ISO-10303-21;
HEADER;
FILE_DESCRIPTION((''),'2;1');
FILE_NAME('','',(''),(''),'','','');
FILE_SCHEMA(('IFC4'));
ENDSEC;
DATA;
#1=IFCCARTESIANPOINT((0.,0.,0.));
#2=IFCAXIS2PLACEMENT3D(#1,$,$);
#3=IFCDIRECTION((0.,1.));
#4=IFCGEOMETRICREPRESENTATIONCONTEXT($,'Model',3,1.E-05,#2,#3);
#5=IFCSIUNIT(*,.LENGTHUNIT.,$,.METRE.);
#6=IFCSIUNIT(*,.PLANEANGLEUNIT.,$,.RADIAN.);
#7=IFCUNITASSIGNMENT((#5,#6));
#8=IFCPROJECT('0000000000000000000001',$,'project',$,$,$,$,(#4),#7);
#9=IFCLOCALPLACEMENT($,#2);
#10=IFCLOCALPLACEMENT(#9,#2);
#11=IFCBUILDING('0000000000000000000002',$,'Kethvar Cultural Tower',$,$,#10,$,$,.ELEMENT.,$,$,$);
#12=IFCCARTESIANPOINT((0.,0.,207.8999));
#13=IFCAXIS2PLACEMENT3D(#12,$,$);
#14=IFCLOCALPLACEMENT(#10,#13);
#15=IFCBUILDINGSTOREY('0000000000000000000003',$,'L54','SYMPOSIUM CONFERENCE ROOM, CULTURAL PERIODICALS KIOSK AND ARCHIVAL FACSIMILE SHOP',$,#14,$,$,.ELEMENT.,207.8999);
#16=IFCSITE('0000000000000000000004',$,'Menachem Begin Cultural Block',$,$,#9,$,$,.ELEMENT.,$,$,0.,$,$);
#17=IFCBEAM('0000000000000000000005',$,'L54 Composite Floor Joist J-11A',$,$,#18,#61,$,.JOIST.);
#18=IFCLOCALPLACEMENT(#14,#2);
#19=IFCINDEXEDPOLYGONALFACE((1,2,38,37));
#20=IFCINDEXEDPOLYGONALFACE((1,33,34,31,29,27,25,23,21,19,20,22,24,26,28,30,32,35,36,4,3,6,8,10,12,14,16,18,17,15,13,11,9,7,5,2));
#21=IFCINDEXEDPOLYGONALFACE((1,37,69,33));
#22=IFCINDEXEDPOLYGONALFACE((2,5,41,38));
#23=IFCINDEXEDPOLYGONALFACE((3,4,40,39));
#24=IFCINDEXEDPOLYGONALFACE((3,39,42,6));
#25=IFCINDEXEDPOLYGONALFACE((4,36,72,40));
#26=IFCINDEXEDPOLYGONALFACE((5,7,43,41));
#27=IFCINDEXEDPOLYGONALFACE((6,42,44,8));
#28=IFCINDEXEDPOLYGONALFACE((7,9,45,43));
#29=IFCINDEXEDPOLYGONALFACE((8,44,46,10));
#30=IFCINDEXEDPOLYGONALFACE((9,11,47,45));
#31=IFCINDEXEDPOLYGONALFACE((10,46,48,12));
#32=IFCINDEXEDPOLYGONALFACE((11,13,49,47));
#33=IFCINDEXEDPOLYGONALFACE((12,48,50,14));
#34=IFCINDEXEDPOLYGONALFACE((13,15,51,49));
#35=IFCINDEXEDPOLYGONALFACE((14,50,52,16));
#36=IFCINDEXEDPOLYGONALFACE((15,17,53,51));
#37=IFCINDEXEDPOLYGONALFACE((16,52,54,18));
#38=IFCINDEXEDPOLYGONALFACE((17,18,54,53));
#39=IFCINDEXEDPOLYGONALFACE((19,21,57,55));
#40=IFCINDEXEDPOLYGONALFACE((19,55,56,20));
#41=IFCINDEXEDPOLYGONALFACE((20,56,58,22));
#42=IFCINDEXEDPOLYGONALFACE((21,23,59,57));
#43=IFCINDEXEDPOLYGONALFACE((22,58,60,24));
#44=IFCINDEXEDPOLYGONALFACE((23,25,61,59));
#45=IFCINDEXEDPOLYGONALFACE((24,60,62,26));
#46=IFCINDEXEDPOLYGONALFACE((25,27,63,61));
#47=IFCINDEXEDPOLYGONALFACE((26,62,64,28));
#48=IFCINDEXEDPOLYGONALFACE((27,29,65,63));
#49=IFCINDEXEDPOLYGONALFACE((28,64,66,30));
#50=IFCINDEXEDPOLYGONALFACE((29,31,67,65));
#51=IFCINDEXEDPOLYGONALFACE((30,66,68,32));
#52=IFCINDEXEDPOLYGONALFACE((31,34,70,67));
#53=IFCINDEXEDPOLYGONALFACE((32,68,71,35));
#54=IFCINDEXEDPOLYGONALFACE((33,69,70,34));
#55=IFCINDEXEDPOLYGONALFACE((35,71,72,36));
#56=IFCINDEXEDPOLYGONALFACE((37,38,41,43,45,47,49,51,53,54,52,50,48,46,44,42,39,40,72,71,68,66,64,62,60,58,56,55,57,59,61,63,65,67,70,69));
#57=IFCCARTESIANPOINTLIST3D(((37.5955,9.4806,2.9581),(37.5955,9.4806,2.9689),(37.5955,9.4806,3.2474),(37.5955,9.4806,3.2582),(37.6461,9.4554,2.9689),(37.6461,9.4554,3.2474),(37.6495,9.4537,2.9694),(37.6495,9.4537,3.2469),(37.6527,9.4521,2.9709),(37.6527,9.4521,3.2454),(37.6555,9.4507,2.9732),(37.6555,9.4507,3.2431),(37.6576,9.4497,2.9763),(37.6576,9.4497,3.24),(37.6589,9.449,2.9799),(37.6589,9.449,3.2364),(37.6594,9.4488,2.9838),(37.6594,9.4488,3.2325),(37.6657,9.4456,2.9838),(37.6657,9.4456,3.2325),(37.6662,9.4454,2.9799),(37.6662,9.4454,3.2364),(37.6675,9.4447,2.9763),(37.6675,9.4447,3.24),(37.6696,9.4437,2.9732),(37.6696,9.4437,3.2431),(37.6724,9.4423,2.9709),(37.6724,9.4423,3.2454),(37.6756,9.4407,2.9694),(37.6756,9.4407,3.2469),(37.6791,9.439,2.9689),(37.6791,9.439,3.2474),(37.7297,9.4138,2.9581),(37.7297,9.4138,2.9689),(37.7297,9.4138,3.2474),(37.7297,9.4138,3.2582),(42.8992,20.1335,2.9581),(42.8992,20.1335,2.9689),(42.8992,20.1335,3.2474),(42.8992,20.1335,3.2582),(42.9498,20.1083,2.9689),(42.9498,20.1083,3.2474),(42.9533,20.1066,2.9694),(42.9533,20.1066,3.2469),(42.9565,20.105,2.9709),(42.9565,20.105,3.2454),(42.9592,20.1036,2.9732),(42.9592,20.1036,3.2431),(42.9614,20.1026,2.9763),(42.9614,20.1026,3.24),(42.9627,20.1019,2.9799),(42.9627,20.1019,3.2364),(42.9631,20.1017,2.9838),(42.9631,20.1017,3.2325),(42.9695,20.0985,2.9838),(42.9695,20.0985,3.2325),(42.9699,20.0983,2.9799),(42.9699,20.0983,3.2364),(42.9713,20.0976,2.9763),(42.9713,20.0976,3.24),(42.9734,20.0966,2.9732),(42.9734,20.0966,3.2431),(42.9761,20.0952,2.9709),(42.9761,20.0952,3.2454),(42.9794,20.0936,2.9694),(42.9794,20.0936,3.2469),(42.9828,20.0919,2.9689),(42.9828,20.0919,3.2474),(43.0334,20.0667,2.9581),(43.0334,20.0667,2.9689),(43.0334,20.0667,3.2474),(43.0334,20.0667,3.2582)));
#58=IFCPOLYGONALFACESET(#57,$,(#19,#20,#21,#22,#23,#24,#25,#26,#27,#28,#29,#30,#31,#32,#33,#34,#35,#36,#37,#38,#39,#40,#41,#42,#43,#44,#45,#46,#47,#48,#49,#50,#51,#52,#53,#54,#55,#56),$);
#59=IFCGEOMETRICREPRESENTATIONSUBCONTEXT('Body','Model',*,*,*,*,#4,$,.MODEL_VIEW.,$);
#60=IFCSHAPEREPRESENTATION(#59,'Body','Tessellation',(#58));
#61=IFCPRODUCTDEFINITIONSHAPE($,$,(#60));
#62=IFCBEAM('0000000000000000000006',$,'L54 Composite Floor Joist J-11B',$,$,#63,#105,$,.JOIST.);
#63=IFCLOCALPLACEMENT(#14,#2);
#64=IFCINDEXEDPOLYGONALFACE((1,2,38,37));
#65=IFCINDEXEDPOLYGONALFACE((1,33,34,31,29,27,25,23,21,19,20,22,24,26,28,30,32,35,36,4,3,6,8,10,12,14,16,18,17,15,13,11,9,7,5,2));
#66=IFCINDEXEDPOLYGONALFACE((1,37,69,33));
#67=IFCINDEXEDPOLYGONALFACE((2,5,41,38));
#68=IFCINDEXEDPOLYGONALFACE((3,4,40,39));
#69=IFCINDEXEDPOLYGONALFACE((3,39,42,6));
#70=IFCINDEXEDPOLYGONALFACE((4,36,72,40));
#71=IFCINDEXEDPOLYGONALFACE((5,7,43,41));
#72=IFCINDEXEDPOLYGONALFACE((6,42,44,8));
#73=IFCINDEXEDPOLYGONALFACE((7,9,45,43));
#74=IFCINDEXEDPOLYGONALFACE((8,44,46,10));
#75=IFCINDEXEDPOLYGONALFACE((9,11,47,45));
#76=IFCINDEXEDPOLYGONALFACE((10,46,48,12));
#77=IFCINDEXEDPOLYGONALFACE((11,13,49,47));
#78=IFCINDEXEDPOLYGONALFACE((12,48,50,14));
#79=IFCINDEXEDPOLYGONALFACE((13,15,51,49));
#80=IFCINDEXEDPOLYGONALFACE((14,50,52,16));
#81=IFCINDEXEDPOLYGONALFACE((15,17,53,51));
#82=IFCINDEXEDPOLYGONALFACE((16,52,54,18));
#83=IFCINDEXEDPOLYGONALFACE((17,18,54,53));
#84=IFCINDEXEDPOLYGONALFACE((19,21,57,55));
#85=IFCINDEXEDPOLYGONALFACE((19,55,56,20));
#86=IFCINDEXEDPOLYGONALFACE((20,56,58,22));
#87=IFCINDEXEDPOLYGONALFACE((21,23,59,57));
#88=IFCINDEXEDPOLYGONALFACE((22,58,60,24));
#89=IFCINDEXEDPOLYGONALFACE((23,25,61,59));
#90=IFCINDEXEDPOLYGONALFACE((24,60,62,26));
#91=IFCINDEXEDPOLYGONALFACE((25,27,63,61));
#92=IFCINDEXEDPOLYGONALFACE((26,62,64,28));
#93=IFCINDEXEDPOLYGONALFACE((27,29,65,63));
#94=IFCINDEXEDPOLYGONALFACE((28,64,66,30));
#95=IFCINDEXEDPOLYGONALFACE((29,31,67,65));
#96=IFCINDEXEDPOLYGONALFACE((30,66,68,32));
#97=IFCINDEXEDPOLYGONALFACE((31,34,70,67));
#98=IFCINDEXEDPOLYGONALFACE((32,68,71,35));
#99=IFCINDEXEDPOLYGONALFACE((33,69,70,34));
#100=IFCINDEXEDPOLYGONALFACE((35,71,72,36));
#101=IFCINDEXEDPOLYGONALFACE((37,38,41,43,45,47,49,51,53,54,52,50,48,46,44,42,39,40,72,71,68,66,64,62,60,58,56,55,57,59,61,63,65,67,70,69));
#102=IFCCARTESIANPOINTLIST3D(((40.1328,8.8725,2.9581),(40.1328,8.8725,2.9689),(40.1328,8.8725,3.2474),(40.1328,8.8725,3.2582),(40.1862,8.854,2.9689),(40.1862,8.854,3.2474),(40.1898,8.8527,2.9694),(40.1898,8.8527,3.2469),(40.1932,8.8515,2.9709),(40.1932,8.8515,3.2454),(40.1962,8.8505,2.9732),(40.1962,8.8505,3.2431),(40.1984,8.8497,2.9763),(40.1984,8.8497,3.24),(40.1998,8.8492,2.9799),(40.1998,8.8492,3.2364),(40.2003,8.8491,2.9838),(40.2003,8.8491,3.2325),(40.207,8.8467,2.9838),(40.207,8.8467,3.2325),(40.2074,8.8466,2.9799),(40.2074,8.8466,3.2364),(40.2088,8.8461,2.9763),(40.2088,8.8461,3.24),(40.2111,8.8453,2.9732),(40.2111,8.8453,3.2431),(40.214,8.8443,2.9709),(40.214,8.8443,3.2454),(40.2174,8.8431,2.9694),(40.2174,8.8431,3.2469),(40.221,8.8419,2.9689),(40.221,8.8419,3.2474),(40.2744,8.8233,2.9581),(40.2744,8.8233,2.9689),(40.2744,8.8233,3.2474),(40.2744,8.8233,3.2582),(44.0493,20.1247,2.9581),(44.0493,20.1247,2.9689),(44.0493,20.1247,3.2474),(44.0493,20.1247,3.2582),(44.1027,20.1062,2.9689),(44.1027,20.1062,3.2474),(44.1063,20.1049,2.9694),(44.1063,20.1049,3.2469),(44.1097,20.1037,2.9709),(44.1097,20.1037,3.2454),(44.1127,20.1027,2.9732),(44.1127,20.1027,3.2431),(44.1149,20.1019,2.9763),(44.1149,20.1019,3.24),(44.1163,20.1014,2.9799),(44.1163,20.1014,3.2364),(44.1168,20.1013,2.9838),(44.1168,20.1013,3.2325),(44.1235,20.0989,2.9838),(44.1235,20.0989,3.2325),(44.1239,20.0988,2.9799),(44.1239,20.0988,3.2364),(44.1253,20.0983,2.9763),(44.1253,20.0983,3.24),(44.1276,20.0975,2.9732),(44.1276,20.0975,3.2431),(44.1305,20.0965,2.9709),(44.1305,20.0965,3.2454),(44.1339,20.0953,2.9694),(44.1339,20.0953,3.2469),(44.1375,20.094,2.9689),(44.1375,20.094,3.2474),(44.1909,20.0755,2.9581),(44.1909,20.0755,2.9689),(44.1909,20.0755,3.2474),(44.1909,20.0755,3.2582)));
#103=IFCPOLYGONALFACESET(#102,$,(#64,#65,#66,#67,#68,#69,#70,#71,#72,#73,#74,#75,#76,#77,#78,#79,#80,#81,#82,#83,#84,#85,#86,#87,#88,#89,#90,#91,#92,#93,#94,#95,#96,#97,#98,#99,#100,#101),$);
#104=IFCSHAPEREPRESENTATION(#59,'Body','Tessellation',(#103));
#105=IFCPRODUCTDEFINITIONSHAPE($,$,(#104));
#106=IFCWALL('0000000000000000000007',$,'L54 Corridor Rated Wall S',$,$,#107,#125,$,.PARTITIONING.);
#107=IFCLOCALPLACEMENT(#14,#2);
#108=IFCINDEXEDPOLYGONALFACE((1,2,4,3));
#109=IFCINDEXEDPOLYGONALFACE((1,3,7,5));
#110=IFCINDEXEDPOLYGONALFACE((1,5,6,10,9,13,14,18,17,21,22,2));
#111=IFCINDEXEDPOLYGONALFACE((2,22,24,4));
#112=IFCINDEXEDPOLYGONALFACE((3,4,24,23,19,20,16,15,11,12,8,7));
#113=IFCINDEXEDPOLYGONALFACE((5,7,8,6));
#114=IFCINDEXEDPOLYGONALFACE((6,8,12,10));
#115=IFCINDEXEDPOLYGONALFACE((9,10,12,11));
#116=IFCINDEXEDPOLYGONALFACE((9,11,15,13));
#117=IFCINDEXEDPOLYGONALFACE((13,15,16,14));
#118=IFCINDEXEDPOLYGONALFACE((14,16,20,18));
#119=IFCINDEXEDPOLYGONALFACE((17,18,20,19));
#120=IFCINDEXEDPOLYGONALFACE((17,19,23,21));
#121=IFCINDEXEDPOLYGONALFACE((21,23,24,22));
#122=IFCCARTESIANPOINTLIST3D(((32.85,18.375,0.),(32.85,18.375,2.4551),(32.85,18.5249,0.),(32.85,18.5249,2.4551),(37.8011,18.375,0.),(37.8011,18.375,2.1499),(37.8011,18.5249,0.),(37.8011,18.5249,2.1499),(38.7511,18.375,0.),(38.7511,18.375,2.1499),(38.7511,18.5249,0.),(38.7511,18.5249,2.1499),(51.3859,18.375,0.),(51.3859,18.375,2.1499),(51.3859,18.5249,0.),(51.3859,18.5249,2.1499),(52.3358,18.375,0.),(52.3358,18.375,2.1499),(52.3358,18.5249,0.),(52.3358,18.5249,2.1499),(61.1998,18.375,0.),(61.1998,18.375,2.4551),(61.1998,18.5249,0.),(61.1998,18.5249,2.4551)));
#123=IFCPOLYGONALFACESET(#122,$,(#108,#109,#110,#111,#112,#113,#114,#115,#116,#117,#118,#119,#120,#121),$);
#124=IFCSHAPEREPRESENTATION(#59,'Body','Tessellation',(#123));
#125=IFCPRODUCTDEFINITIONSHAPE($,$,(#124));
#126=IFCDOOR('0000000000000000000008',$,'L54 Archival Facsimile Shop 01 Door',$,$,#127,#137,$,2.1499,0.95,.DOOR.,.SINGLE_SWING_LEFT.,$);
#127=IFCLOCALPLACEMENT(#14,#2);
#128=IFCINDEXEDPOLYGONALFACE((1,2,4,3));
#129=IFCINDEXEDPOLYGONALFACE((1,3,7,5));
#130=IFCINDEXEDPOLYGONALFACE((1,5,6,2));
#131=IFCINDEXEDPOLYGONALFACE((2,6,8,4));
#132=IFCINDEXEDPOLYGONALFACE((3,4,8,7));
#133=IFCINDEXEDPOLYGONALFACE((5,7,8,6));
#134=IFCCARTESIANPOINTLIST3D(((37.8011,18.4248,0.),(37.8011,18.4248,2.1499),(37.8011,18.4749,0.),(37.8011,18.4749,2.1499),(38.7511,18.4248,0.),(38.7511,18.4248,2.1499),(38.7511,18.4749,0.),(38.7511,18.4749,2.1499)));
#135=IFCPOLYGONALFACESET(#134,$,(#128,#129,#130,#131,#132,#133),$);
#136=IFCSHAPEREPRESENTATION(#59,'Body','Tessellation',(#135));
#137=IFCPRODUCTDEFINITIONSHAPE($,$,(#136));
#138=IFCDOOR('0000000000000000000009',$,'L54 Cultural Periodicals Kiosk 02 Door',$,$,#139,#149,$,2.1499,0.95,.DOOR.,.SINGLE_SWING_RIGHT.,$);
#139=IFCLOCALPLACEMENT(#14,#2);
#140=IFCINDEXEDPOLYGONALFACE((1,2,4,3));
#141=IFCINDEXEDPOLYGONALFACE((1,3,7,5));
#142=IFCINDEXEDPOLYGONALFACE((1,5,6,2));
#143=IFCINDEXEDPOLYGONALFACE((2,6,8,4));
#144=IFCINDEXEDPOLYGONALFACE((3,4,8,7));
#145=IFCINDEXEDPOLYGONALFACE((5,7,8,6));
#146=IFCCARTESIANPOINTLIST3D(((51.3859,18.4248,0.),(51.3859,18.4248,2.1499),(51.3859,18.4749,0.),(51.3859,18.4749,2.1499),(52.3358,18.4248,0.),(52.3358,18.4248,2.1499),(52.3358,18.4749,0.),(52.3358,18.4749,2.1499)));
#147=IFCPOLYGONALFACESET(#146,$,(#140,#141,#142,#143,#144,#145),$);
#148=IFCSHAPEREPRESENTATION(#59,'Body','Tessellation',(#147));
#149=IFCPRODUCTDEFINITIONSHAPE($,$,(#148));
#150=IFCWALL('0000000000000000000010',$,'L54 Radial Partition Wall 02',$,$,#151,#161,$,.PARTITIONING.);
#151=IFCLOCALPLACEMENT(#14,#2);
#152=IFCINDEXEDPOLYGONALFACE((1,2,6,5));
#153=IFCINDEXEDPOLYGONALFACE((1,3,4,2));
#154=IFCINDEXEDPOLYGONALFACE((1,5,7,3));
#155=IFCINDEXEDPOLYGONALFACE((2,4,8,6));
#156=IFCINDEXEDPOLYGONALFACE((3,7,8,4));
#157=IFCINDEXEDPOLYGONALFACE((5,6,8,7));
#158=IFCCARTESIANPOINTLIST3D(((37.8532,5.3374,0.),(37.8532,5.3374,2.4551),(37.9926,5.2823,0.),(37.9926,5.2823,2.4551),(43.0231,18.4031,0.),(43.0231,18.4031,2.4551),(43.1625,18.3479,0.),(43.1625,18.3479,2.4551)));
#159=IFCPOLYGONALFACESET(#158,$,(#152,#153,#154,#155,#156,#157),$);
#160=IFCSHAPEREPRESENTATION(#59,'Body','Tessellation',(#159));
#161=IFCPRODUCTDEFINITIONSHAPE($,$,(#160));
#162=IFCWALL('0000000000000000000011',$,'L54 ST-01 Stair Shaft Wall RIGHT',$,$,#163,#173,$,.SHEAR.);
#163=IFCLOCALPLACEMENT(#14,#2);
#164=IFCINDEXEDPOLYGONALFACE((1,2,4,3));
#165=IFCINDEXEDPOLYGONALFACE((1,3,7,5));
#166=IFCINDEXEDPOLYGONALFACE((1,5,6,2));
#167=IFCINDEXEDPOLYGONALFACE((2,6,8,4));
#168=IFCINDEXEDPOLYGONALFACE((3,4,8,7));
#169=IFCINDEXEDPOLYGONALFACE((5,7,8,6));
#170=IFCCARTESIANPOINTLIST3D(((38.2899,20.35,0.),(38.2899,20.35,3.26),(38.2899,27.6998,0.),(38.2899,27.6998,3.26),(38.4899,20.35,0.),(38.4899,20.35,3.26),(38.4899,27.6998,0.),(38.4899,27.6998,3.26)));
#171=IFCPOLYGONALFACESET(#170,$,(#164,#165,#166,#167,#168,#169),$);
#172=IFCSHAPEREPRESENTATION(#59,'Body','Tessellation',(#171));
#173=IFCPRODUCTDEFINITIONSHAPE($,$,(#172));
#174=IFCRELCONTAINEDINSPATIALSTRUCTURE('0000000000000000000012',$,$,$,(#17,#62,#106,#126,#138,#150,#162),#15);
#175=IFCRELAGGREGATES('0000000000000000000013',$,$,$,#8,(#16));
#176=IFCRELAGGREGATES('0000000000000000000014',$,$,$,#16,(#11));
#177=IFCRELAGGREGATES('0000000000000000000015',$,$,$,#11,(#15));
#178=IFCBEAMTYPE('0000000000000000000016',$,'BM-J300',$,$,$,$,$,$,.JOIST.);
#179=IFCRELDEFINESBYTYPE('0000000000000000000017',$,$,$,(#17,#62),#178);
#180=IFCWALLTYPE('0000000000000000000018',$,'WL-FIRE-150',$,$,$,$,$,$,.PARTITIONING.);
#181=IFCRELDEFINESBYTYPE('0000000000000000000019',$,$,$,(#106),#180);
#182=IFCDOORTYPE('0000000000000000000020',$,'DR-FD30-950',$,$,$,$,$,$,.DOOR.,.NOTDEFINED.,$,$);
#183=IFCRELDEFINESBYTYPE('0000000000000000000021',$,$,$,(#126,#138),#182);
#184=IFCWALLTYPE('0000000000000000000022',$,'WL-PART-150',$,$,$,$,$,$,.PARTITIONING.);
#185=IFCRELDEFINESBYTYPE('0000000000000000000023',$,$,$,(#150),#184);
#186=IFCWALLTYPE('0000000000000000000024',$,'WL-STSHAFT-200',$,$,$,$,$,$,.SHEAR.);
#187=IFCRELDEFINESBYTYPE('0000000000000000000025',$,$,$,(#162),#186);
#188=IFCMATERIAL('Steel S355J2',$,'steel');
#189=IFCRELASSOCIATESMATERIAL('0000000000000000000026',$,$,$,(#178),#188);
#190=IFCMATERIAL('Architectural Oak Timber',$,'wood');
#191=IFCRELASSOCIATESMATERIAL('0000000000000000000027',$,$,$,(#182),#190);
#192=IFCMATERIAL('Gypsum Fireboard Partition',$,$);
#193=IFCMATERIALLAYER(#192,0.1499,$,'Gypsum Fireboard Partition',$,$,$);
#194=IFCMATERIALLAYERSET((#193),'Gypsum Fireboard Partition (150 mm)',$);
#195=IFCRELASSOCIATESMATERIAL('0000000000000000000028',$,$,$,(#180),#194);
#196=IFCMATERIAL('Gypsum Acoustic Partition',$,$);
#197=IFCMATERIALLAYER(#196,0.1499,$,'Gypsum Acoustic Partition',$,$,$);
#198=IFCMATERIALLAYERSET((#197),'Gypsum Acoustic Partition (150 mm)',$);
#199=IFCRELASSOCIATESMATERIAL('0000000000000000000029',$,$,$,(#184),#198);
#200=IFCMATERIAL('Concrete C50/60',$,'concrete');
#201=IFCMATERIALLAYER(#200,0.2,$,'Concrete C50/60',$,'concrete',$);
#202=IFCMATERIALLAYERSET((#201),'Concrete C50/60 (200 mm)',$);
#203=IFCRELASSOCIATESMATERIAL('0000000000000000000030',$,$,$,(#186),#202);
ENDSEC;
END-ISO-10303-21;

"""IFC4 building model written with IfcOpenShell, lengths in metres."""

from ifc_helpers import new_model, si_unit, direction, frame, frame_2d, origin, origin_2d, place, context, subcontext, project, spatial, rectangle, i_section, extrude, source, transform, mapped, material, layer, layer_set, material_profile, profile_set, type_object, element, fill, save


model = new_model("IFC4")

# Units and contexts
model_context = context("Model", 3, precision=1e-05, world=origin(), true_north=direction((0.0, 1.0)))
body_context = subcontext(model_context, "Body", "Model", "MODEL_VIEW")
ifc_project = project(units=[si_unit("LENGTHUNIT", "METRE"), si_unit("PLANEANGLEUNIT", "RADIAN")], contexts=[model_context])

# Site, building, storey
site_placement = place(None, origin())
site = spatial("IfcSite", under=ifc_project, at=site_placement, Name="Menachem Begin Cultural Block", CompositionType="ELEMENT", RefElevation=0.0)
building_placement = place(site_placement, origin())
building = spatial("IfcBuilding", under=site, at=building_placement, Name="Kethvar Cultural Tower", CompositionType="ELEMENT")
storey_placement = place(building_placement, frame((0.0, 0.0, 207.8999)))
storey = spatial("IfcBuildingStorey", under=building, at=storey_placement, Name="L54", Description="SYMPOSIUM CONFERENCE ROOM, CULTURAL PERIODICALS KIOSK AND ARCHIVAL FACSIMILE SHOP", CompositionType="ELEMENT", Elevation=207.8999)

# Beams
ifc_material_1 = material(Name="Steel S355J2", Category="steel")
ifc_material_profile_1 = material_profile(ifc_material_1, i_section(OverallWidth=0.1499, OverallDepth=0.3, WebThickness=0.0071, FlangeThickness=0.0107, FilletRadius=0.0149, at=origin_2d()), Name="Steel S355J2 — IPE300")
ifc_profile_set_1 = profile_set([ifc_material_profile_1], Name="Steel S355J2 — IPE300")
beam_type_1 = type_object("IfcBeamType", Name="BM-J300", PredefinedType="JOIST", material=ifc_profile_set_1)
shared_shape_1 = source(origin(), body_context, "Body", "SweptSolid", [
    extrude(i_section(OverallWidth=0.1499, OverallDepth=0.3, WebThickness=0.0071, FlangeThickness=0.0107, FilletRadius=0.0149, at=origin_2d()), origin(), (0.0, 0.0, 1.0), 11.9001),
])
beam_1_placement = place(storey_placement, frame((42.9663, 20.1001, 3.1082), z_axis=(-0.445687, -0.895189, 0.0), x_axis=(0.895189, -0.445687, 0.0)))
element("IfcBeam", 1, at=beam_1_placement, inside=storey, type_object=beam_type_1, Name="L54 Composite Floor Joist J-11A", PredefinedType="JOIST", context=body_context, shape_type="MappedRepresentation", body=[
    mapped(shared_shape_1, transform((0.0, 0.0, 0.0), scale=1.0)),
])
shared_shape_2 = source(origin(), body_context, "Body", "SweptSolid", [
    extrude(i_section(OverallWidth=0.1499, OverallDepth=0.3, WebThickness=0.0071, FlangeThickness=0.0107, FilletRadius=0.0149, at=origin_2d()), origin(), (0.0, 0.0, 1.0), 11.9143),
])
beam_2_placement = place(storey_placement, frame((44.1201, 20.1001, 3.1082), z_axis=(-0.328722, -0.944427, 0.0), x_axis=(0.944427, -0.328722, 0.0)))
element("IfcBeam", 2, at=beam_2_placement, inside=storey, type_object=beam_type_1, Name="L54 Composite Floor Joist J-11B", PredefinedType="JOIST", context=body_context, shape_type="MappedRepresentation", body=[
    mapped(shared_shape_2, transform((0.0, 0.0, 0.0), scale=1.0)),
])

# Wall, openings, doors
ifc_material_2 = material(Name="Architectural Oak Timber", Category="wood")
door_type_1 = type_object("IfcDoorType", Name="DR-FD30-950", OperationType="NOTDEFINED", PredefinedType="DOOR", material=ifc_material_2)
shared_shape_3 = source(origin(), body_context, "Body", "SweptSolid", [
    extrude(rectangle(XDim=0.95, YDim=2.1499, at=frame_2d((0.4751, 1.075))), frame((0.0, 0.0249, 0.0), z_axis=(0.0, -1.0, 0.0), x_axis=(1.0, 0.0, 0.0)), (0.0, 0.0, 1.0), 0.05),
])
ifc_material_3 = material(Name="Gypsum Fireboard Partition")
ifc_layer_1 = layer(ifc_material_3, 0.1499, Name="Gypsum Fireboard Partition")
ifc_layer_set_1 = layer_set([ifc_layer_1], Name="Gypsum Fireboard Partition (150 mm)")
wall_type_1 = type_object("IfcWallType", Name="WL-FIRE-150", PredefinedType="PARTITIONING", material=ifc_layer_set_1)
wall_1_placement = place(storey_placement, frame((32.8501, 18.45, 0.0), z_axis=(0.0, 0.0, 1.0), x_axis=(1.0, 0.0, 0.0)))
wall_1 = element("IfcWall", 3, at=wall_1_placement, inside=storey, type_object=wall_type_1, Name="L54 Corridor Rated Wall S", PredefinedType="PARTITIONING", context=body_context, shape_type="SweptSolid", body=[
    extrude(rectangle(XDim=28.3499, YDim=0.1499, at=frame_2d((14.1748, 0.0))), origin(), (0.0, 0.0, 1.0), 2.4551),
])
opening_1_placement = place(wall_1_placement, frame((4.9509, 0.0, 0.0)))
opening_1 = element("IfcOpeningElement", 4, at=opening_1_placement, cuts=wall_1, PredefinedType="OPENING", context=body_context, shape_type="SweptSolid", body=[
    extrude(rectangle(XDim=0.95, YDim=2.1499, at=frame_2d((0.4751, 1.075))), frame((0.0, 0.085, 0.0), z_axis=(0.0, -1.0, 0.0), x_axis=(1.0, 0.0, 0.0)), (0.0, 0.0, 1.0), 0.1699),
])
opening_2_placement = place(wall_1_placement, frame((18.5356, 0.0, 0.0)))
opening_2 = element("IfcOpeningElement", 5, at=opening_2_placement, cuts=wall_1, PredefinedType="OPENING", context=body_context, shape_type="SweptSolid", body=[
    extrude(rectangle(XDim=0.95, YDim=2.1499, at=frame_2d((0.4751, 1.075))), frame((0.0, 0.085, 0.0), z_axis=(0.0, -1.0, 0.0), x_axis=(1.0, 0.0, 0.0)), (0.0, 0.0, 1.0), 0.1699),
])
door_1_placement = place(opening_1_placement, origin())
door_1 = element("IfcDoor", 6, at=door_1_placement, inside=storey, type_object=door_type_1, Name="L54 Archival Facsimile Shop 01 Door", OperationType="SINGLE_SWING_LEFT", OverallHeight=2.1499, OverallWidth=0.95, PredefinedType="DOOR", context=body_context, shape_type="MappedRepresentation", body=[
    mapped(shared_shape_3, transform((0.0, 0.0, 0.0), scale=1.0)),
])
fill(opening_1, door_1)
door_2_placement = place(opening_2_placement, origin())
door_2 = element("IfcDoor", 7, at=door_2_placement, inside=storey, type_object=door_type_1, Name="L54 Cultural Periodicals Kiosk 02 Door", OperationType="SINGLE_SWING_RIGHT", OverallHeight=2.1499, OverallWidth=0.95, PredefinedType="DOOR", context=body_context, shape_type="MappedRepresentation", body=[
    mapped(shared_shape_3, transform((0.0, 0.0, 0.0), scale=1.0)),
])
fill(opening_2, door_2)

# Walls
ifc_material_4 = material(Name="Gypsum Acoustic Partition")
ifc_layer_2 = layer(ifc_material_4, 0.1499, Name="Gypsum Acoustic Partition")
ifc_layer_set_2 = layer_set([ifc_layer_2], Name="Gypsum Acoustic Partition (150 mm)")
wall_type_2 = type_object("IfcWallType", Name="WL-PART-150", PredefinedType="PARTITIONING", material=ifc_layer_set_2)
wall_2_placement = place(storey_placement, frame((43.0928, 18.3755, 0.0), z_axis=(0.0, 0.0, 1.0), x_axis=(-0.367931, -0.929853, 0.0)))
element("IfcWall", 8, at=wall_2_placement, inside=storey, type_object=wall_type_2, Name="L54 Radial Partition Wall 02", PredefinedType="PARTITIONING", context=body_context, shape_type="SweptSolid", body=[
    extrude(rectangle(XDim=14.0513, YDim=0.1499, at=frame_2d((7.0256, 0.0))), origin(), (0.0, 0.0, 1.0), 2.4551),
])
ifc_material_5 = material(Name="Concrete C50/60", Category="concrete")
ifc_layer_3 = layer(ifc_material_5, 0.2, Name="Concrete C50/60", Category="concrete")
ifc_layer_set_3 = layer_set([ifc_layer_3], Name="Concrete C50/60 (200 mm)")
wall_type_3 = type_object("IfcWallType", Name="WL-STSHAFT-200", PredefinedType="SHEAR", material=ifc_layer_set_3)
wall_3_placement = place(storey_placement, frame((38.3899, 20.3501, 0.0), z_axis=(0.0, 0.0, 1.0), x_axis=(0.0, 1.0, 0.0)))
element("IfcWall", 9, at=wall_3_placement, inside=storey, type_object=wall_type_3, Name="L54 ST-01 Stair Shaft Wall RIGHT", PredefinedType="SHEAR", context=body_context, shape_type="SweptSolid", body=[
    extrude(rectangle(XDim=7.3499, YDim=0.2, at=frame_2d((3.6748, 0.0))), origin(), (0.0, 0.0, 1.0), 3.26),
])

save(model, "model.ifc")
